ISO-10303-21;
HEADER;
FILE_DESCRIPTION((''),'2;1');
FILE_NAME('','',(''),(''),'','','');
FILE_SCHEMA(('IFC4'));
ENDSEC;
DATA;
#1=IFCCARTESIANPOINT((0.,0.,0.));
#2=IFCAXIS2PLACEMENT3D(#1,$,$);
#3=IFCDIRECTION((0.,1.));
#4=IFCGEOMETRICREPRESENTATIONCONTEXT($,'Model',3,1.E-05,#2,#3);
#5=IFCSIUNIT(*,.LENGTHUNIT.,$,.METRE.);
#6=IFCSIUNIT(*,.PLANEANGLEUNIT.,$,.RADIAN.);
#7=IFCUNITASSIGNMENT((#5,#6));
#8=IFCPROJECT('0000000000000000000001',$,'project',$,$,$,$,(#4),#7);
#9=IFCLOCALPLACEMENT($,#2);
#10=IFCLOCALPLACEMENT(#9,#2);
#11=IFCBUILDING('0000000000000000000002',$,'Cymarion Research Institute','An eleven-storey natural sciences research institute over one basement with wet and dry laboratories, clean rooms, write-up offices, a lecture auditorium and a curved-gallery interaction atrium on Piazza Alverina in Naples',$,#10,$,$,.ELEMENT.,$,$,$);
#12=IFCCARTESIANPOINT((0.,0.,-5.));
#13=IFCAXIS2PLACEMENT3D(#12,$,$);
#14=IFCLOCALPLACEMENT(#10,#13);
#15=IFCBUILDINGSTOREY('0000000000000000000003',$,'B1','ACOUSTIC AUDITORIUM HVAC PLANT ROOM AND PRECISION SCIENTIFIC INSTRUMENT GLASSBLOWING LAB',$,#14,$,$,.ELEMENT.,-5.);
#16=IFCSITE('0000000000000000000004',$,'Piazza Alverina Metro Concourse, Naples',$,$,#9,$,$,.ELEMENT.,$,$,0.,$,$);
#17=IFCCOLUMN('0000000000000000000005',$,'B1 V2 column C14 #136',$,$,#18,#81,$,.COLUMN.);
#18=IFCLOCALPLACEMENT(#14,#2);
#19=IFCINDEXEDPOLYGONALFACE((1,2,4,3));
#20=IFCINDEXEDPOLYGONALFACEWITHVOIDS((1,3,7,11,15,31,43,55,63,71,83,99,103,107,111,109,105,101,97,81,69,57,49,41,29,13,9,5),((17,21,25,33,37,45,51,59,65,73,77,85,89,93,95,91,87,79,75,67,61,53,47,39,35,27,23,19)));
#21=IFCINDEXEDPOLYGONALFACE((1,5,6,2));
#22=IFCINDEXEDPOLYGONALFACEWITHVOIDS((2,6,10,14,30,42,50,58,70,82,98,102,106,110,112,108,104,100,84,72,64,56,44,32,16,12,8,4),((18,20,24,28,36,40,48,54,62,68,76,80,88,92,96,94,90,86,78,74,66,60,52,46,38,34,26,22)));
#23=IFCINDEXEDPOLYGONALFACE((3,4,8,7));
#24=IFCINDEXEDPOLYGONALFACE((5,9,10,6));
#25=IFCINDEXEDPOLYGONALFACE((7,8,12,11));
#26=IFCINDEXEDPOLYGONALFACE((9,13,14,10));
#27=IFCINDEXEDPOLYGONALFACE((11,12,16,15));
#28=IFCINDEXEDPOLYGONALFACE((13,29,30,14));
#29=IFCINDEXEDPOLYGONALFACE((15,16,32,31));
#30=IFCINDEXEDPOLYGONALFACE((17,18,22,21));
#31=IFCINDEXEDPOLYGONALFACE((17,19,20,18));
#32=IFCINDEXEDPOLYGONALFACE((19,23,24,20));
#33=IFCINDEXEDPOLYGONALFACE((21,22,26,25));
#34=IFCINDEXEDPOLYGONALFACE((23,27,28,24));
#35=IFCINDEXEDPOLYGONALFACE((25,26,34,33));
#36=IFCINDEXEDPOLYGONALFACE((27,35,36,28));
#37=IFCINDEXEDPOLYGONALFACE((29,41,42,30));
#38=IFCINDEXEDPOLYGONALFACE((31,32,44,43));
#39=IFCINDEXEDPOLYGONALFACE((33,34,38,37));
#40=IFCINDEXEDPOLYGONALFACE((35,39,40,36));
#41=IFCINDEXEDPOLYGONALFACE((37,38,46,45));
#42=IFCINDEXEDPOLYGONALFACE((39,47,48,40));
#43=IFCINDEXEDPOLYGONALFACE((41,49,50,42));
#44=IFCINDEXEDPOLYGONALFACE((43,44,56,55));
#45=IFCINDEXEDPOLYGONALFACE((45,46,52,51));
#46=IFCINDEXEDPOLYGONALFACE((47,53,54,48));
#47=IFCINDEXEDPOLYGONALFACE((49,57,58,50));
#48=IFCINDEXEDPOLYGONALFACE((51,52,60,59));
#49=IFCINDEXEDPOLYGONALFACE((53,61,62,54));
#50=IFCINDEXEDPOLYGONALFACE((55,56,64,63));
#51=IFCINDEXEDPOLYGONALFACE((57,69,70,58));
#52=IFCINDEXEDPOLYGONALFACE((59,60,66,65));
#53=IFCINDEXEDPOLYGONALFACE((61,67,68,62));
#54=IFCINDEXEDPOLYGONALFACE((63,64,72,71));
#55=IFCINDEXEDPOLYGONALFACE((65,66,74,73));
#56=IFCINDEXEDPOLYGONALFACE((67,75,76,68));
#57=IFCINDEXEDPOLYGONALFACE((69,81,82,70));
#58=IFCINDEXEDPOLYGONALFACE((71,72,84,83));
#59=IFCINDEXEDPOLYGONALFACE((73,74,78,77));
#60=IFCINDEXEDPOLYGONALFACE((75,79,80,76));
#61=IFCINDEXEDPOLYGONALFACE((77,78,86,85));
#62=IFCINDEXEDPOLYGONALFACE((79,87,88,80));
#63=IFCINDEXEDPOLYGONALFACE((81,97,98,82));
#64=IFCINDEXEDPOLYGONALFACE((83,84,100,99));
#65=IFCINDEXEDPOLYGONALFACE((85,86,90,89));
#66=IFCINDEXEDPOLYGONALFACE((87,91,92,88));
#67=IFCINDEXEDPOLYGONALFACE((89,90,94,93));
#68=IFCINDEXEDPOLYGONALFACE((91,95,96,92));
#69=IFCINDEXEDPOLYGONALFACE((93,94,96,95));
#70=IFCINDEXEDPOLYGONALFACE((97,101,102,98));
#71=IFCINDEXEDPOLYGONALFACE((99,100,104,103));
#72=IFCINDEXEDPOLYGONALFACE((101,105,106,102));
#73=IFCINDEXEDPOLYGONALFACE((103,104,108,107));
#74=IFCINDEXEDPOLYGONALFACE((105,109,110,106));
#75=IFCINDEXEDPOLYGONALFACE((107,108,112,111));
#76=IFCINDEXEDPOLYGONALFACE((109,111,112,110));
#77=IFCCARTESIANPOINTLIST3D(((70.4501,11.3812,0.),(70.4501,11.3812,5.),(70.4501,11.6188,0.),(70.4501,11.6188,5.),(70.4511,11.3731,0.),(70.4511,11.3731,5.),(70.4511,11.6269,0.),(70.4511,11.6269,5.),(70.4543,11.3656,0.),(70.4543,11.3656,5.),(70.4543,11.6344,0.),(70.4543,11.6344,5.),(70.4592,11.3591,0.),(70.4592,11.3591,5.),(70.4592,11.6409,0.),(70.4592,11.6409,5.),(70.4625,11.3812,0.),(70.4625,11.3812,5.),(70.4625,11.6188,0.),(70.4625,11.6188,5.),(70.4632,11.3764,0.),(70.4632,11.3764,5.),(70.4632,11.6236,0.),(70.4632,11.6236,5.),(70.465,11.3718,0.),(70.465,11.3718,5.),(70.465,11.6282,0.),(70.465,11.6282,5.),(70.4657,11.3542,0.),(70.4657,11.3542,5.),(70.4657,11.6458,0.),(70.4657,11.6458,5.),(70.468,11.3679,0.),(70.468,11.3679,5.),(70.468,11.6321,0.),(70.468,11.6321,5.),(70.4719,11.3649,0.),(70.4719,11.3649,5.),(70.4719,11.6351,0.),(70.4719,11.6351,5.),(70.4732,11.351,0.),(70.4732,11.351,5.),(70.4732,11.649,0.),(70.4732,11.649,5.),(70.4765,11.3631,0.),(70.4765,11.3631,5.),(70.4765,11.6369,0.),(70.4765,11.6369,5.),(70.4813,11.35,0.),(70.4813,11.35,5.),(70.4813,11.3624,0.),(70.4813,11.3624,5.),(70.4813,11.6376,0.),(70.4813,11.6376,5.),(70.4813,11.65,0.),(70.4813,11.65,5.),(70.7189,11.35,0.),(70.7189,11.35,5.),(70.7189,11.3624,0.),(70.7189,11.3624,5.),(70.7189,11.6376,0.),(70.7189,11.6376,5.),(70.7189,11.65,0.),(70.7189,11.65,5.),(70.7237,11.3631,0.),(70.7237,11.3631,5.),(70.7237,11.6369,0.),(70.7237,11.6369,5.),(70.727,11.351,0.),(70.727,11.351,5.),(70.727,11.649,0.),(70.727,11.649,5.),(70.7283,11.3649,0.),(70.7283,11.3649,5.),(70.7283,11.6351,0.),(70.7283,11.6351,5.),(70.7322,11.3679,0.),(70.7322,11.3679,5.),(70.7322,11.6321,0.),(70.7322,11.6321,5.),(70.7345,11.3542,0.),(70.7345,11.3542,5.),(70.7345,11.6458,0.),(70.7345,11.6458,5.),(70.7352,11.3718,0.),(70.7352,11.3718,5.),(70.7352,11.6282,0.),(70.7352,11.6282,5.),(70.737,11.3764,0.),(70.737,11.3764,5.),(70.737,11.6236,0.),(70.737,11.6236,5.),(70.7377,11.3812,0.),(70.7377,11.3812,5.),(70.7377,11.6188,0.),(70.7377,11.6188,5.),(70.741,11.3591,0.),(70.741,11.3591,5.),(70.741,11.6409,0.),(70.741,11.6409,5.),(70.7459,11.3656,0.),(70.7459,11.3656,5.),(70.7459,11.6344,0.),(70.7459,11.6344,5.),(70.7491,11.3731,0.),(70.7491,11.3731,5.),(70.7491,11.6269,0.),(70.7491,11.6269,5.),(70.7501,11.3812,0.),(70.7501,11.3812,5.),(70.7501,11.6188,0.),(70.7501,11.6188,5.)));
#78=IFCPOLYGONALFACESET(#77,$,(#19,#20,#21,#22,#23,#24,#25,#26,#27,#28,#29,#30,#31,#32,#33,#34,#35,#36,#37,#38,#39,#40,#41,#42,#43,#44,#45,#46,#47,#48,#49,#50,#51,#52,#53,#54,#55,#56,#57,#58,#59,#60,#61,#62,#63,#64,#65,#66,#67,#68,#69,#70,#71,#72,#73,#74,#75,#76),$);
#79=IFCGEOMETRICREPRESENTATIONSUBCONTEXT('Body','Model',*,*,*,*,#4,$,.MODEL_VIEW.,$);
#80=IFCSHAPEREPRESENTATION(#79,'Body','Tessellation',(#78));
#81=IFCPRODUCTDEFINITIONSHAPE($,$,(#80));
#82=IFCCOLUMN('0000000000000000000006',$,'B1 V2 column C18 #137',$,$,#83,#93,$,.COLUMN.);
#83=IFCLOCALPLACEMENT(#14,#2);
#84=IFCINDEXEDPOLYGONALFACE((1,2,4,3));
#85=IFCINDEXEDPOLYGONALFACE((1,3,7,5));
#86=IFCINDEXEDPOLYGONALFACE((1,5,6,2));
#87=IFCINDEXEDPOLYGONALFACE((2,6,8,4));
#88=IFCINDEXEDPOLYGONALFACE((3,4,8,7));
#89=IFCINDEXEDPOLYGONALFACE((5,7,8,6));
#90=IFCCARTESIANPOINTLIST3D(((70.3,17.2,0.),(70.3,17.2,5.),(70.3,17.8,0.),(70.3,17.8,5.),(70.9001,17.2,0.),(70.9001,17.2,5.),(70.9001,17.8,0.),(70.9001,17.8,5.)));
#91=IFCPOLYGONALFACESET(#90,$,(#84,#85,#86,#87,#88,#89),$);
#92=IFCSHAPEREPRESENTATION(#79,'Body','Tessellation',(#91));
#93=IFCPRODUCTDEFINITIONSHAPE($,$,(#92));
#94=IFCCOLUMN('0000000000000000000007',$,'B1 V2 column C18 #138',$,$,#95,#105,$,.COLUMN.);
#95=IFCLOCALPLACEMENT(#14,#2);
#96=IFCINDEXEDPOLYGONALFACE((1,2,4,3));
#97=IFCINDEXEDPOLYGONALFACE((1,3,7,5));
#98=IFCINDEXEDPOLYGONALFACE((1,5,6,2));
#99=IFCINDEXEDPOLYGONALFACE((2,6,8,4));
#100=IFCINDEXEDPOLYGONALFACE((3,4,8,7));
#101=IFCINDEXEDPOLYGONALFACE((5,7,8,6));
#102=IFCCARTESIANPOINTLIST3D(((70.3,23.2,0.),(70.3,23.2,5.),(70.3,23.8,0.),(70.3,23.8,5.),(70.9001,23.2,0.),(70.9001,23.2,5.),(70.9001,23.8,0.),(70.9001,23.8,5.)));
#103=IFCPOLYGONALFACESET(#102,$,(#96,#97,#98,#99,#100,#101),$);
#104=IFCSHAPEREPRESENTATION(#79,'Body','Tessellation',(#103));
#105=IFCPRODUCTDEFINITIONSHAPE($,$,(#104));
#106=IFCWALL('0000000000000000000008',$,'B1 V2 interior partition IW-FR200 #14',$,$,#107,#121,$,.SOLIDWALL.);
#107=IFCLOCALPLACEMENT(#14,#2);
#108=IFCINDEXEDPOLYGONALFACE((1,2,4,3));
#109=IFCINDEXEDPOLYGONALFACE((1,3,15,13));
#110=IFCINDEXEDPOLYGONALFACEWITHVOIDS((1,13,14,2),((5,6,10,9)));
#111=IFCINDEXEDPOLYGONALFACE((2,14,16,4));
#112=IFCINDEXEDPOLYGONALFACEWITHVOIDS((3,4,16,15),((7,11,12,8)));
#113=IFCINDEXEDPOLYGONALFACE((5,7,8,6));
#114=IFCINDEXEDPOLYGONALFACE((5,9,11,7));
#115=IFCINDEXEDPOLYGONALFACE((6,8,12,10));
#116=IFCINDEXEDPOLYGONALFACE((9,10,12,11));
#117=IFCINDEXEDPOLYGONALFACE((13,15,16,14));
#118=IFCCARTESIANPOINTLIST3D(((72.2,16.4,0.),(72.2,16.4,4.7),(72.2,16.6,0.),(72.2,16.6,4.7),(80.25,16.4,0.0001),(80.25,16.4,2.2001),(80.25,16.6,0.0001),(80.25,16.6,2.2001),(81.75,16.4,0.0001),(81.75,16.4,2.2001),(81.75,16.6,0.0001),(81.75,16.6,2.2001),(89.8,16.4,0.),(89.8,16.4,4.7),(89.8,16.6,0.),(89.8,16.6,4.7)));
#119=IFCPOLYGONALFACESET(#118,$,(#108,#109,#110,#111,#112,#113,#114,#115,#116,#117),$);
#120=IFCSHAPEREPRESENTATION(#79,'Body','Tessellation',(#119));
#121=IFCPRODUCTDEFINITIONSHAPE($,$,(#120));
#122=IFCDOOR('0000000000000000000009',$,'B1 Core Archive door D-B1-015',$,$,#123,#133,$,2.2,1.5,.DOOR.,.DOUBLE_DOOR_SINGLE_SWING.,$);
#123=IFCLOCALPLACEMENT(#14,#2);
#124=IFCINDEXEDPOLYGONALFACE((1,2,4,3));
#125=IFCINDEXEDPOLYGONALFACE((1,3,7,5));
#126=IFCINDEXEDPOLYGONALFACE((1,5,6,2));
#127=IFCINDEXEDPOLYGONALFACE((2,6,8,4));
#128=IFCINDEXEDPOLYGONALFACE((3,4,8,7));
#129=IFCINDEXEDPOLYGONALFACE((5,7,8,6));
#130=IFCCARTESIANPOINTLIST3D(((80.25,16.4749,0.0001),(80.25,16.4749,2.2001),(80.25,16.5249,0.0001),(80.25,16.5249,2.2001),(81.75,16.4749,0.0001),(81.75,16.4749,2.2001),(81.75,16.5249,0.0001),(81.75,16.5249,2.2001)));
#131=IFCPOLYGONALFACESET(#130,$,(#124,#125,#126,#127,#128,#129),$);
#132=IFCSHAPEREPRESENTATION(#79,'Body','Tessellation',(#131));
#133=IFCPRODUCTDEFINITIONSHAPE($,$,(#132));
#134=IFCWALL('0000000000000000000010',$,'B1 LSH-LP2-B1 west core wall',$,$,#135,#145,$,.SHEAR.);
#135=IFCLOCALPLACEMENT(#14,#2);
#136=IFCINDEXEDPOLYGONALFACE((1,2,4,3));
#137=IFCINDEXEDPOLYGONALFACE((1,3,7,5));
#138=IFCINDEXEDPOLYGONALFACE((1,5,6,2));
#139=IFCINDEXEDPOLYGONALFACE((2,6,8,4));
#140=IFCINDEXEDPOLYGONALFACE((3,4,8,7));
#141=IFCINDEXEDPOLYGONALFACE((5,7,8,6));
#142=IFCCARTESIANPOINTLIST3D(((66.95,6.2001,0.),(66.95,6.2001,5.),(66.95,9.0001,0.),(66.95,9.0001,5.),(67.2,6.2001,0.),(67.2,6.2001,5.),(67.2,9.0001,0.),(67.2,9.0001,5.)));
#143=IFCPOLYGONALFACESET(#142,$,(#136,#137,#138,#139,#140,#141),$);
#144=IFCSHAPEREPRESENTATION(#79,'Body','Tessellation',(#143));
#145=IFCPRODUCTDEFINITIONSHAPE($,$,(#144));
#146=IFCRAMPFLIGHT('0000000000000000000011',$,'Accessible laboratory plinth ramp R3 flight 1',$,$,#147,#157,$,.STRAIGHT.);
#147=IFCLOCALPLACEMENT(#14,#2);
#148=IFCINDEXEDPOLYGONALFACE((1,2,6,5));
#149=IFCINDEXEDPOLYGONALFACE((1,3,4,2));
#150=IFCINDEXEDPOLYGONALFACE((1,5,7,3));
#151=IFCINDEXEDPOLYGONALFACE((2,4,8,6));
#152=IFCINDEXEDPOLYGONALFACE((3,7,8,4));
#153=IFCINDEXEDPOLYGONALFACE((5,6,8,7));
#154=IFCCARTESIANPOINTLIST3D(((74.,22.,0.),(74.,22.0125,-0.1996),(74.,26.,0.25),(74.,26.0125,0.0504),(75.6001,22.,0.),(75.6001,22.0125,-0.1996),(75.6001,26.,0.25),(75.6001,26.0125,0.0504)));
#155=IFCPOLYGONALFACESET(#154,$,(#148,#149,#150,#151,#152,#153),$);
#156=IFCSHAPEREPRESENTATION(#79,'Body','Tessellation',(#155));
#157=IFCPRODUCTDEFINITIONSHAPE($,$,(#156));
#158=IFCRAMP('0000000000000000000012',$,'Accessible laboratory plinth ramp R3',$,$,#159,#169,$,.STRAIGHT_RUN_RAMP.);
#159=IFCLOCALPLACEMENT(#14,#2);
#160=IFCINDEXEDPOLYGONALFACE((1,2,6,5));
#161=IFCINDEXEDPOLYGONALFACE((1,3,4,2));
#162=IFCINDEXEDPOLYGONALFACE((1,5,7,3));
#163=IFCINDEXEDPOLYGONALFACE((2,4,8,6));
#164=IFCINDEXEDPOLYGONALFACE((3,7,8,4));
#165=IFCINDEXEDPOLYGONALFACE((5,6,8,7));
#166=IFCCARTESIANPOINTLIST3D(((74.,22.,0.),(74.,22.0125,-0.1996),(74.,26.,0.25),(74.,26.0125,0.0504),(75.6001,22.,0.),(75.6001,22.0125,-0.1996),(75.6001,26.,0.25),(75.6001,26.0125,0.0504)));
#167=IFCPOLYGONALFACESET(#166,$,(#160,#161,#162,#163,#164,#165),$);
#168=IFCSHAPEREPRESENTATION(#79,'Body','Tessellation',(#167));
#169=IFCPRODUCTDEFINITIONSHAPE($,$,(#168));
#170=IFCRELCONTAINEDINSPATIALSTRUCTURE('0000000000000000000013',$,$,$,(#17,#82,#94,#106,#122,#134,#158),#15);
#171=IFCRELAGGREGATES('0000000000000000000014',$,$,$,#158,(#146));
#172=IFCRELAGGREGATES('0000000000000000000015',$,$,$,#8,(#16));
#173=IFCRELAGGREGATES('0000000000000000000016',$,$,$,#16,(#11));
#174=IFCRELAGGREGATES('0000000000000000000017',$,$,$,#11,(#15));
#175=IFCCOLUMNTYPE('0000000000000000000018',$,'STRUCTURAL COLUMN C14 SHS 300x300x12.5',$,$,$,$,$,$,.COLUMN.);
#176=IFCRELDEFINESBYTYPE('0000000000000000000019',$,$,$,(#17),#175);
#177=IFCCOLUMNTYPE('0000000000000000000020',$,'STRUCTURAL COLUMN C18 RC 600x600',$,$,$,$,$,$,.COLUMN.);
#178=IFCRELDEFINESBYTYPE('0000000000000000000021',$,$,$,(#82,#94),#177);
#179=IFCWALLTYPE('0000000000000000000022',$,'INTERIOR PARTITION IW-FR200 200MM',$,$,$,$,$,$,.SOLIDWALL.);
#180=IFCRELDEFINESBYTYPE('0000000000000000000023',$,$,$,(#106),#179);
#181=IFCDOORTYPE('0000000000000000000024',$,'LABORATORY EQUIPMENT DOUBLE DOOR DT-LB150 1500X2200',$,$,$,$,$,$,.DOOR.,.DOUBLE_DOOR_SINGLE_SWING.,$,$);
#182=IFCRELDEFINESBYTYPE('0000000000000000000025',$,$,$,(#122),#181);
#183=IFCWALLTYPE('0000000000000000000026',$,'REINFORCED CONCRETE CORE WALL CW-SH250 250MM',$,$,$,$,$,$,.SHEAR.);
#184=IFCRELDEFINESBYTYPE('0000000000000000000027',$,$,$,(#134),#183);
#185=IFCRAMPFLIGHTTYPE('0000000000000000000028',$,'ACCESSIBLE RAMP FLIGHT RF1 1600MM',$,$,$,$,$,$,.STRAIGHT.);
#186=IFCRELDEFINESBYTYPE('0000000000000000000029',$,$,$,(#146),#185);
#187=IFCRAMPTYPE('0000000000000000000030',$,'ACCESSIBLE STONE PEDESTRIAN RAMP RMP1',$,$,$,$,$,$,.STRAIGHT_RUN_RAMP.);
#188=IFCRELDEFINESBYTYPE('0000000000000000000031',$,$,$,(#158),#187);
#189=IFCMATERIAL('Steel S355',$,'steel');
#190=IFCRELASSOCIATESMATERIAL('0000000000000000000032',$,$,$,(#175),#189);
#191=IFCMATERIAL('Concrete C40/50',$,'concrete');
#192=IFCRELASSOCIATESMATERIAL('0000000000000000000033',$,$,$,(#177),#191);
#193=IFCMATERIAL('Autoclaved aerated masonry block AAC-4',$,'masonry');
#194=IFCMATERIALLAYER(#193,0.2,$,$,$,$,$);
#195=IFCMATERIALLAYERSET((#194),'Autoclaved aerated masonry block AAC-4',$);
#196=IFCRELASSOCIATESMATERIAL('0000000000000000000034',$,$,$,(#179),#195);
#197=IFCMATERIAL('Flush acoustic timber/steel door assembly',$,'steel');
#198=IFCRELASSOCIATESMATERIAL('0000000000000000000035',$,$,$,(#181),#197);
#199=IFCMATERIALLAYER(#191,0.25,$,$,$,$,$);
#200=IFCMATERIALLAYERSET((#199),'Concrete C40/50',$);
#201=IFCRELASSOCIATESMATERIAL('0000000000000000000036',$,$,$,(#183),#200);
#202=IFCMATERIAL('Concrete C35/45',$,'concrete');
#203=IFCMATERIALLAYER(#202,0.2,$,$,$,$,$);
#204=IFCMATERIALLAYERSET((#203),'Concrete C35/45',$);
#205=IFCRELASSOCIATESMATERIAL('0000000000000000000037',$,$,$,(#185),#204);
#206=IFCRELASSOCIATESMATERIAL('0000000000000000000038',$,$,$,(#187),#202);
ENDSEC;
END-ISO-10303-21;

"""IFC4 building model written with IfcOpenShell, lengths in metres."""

from ifc_helpers import new_model, si_unit, direction, frame, frame_2d, origin, origin_2d, place, context, subcontext, project, spatial, polyline, rectangle, hollow_rectangle, outline, extrude, material, layer, layer_set, material_profile, profile_set, type_object, element, fill, aggregate, save


model = new_model("IFC4")

# Units and contexts
model_context = context("Model", 3, precision=1e-05, world=origin(), true_north=direction((0.0, 1.0)))
body_context = subcontext(model_context, "Body", "Model", "MODEL_VIEW")
ifc_project = project(units=[si_unit("LENGTHUNIT", "METRE"), si_unit("PLANEANGLEUNIT", "RADIAN")], contexts=[model_context])

# Site, building, storey
site_placement = place(None, origin())
site = spatial("IfcSite", under=ifc_project, at=site_placement, Name="Piazza Alverina Metro Concourse, Naples", CompositionType="ELEMENT", RefElevation=0.0)
building_placement = place(site_placement, origin())
building = spatial("IfcBuilding", under=site, at=building_placement, Name="Cymarion Research Institute", Description="An eleven-storey natural sciences research institute over one basement with wet and dry laboratories, clean rooms, write-up offices, a lecture auditorium and a curved-gallery interaction atrium on Piazza Alverina in Naples", CompositionType="ELEMENT")
storey_placement = place(building_placement, frame((0.0, 0.0, -5.0)))
storey = spatial("IfcBuildingStorey", under=building, at=storey_placement, Name="B1", Description="ACOUSTIC AUDITORIUM HVAC PLANT ROOM AND PRECISION SCIENTIFIC INSTRUMENT GLASSBLOWING LAB", CompositionType="ELEMENT", Elevation=-5.0)

# Shared definitions
ifc_material_1 = material(Name="Concrete C35/45", Category="concrete")

# Columns
ifc_material_2 = material(Name="Steel S355", Category="steel")
ifc_material_profile_1 = material_profile(ifc_material_2, hollow_rectangle(XDim=0.3, YDim=0.3, WallThickness=0.0125, InnerFilletRadius=0.0188, OuterFilletRadius=0.0312, at=origin_2d()), Name="SHS 300x300x12.5")
ifc_profile_set_1 = profile_set([ifc_material_profile_1], Name="Steel S355")
column_type_1 = type_object("IfcColumnType", Name="STRUCTURAL COLUMN C14 SHS 300x300x12.5", PredefinedType="COLUMN", material=ifc_profile_set_1)
column_placement = place(storey_placement, frame((70.6001, 11.5, 0.0), z_axis=(0.0, 0.0, 1.0), x_axis=(1.0, 0.0, 0.0)))
element("IfcColumn", 1, at=column_placement, inside=storey, type_object=column_type_1, Name="B1 V2 column C14 #136", PredefinedType="COLUMN", context=body_context, shape_type="SweptSolid", body=[
    extrude(hollow_rectangle(XDim=0.3, YDim=0.3, WallThickness=0.0125, InnerFilletRadius=0.0188, OuterFilletRadius=0.0312, at=origin_2d()), origin(), (0.0, 0.0, 1.0), 5.0),
])
ifc_material_3 = material(Name="Concrete C40/50", Category="concrete")
ifc_material_profile_2 = material_profile(ifc_material_3, rectangle(XDim=0.6001, YDim=0.6001, at=origin_2d()), Name="RC 600x600")
ifc_profile_set_2 = profile_set([ifc_material_profile_2], Name="Concrete C40/50")
column_type_2 = type_object("IfcColumnType", Name="STRUCTURAL COLUMN C18 RC 600x600", PredefinedType="COLUMN", material=ifc_profile_set_2)
for number, where, z_axis, x_axis, name in (
    (2, (70.6001, 17.5, 0.0), (0.0, 0.0, 1.0), (1.0, 0.0, 0.0), "B1 V2 column C18 #137"),
    (3, (70.6001, 23.5, 0.0), (0.0, 0.0, 1.0), (1.0, 0.0, 0.0), "B1 V2 column C18 #138"),
):
    element("IfcColumn", number, at=place(storey_placement, frame(where, z_axis=z_axis, x_axis=x_axis)), inside=storey, type_object=column_type_2, Name=name, PredefinedType="COLUMN", context=body_context, shape_type="SweptSolid", body=[
        extrude(rectangle(XDim=0.6001, YDim=0.6001, at=origin_2d()), origin(), (0.0, 0.0, 1.0), 5.0),
    ])

# Wall, opening, door
ifc_material_4 = material(Name="Autoclaved aerated masonry block AAC-4", Category="masonry")
ifc_layer_1 = layer(ifc_material_4, 0.2)
ifc_layer_set_1 = layer_set([ifc_layer_1], Name="Autoclaved aerated masonry block AAC-4")
wall_type_1 = type_object("IfcWallType", Name="INTERIOR PARTITION IW-FR200 200MM", PredefinedType="SOLIDWALL", material=ifc_layer_set_1)
wall_1_placement = place(storey_placement, frame((72.2, 16.5, 0.0), z_axis=(0.0, 0.0, 1.0), x_axis=(1.0, 0.0, 0.0)))
wall_1 = element("IfcWall", 4, at=wall_1_placement, inside=storey, type_object=wall_type_1, Name="B1 V2 interior partition IW-FR200 #14", PredefinedType="SOLIDWALL", context=body_context, shape_type="SweptSolid", body=[
    extrude(rectangle(XDim=17.6001, YDim=0.2, at=frame_2d((8.8, 0.0))), origin(), (0.0, 0.0, 1.0), 4.7),
])
opening_1_placement = place(wall_1_placement, frame((8.05, 0.0, 0.0)))
opening_1 = element("IfcOpeningElement", 5, at=opening_1_placement, cuts=wall_1, PredefinedType="OPENING", context=body_context, shape_type="SweptSolid", body=[
    extrude(rectangle(XDim=1.5, YDim=2.2, at=frame_2d((0.75, 1.1001))), frame((0.0, 0.1099, 0.0), z_axis=(0.0, -1.0, 0.0), x_axis=(1.0, 0.0, 0.0)), (0.0, 0.0, 1.0), 0.22),
])
ifc_material_5 = material(Name="Flush acoustic timber/steel door assembly", Category="steel")
door_type_1 = type_object("IfcDoorType", Name="LABORATORY EQUIPMENT DOUBLE DOOR DT-LB150 1500X2200", OperationType="DOUBLE_DOOR_SINGLE_SWING", PredefinedType="DOOR", material=ifc_material_5)
door_1_placement = place(opening_1_placement, origin())
door_1 = element("IfcDoor", 6, at=door_1_placement, inside=storey, type_object=door_type_1, Name="B1 Core Archive door D-B1-015", OperationType="DOUBLE_DOOR_SINGLE_SWING", OverallHeight=2.2, OverallWidth=1.5, PredefinedType="DOOR", context=body_context, shape_type="SweptSolid", body=[
    extrude(rectangle(XDim=1.5, YDim=2.2, at=frame_2d((0.75, 1.1001))), frame((0.0, 0.0249, 0.0), z_axis=(0.0, -1.0, 0.0), x_axis=(1.0, 0.0, 0.0)), (0.0, 0.0, 1.0), 0.05),
])
fill(opening_1, door_1)
ifc_layer_2 = layer(ifc_material_3, 0.25)
ifc_layer_set_2 = layer_set([ifc_layer_2], Name="Concrete C40/50")
wall_type_2 = type_object("IfcWallType", Name="REINFORCED CONCRETE CORE WALL CW-SH250 250MM", PredefinedType="SHEAR", material=ifc_layer_set_2)

# Wall
wall_2_placement = place(storey_placement, frame((67.075, 9.0, 0.0), z_axis=(0.0, 0.0, 1.0), x_axis=(0.0, -1.0, 0.0)))
element("IfcWall", 7, at=wall_2_placement, inside=storey, type_object=wall_type_2, Name="B1 LSH-LP2-B1 west core wall", PredefinedType="SHEAR", context=body_context, shape_type="SweptSolid", body=[
    extrude(rectangle(XDim=2.8, YDim=0.25, at=frame_2d((1.3999, 0.0))), origin(), (0.0, 0.0, 1.0), 5.0),
])

# Ramp flight
ifc_layer_3 = layer(ifc_material_1, 0.2)
ifc_layer_set_3 = layer_set([ifc_layer_3], Name="Concrete C35/45")
ramp_flight_type = type_object("IfcRampFlightType", Name="ACCESSIBLE RAMP FLIGHT RF1 1600MM", PredefinedType="STRAIGHT", material=ifc_layer_set_3)
ramp_flight_placement = place(storey_placement, frame((74.0, 22.0, 0.0), z_axis=(0.0, -0.062378, 0.998053), x_axis=(1.0, 0.0, 0.0)))
ramp_flight = element("IfcRampFlight", 8, at=ramp_flight_placement, type_object=ramp_flight_type, Name="Accessible laboratory plinth ramp R3 flight 1", PredefinedType="STRAIGHT", context=body_context, shape_type="SweptSolid", body=[
    extrude(outline(polyline([(0.0, 0.0), (1.6001, 0.0), (1.6001, 4.0078), (0.0, 4.0078), (0.0, 0.0)])), origin(), (0.0, 0.0, -1.0), 0.2),
])

# Ramp
ramp_type = type_object("IfcRampType", Name="ACCESSIBLE STONE PEDESTRIAN RAMP RMP1", PredefinedType="STRAIGHT_RUN_RAMP", material=ifc_material_1)
ramp_placement = place(storey_placement, frame((74.0, 22.0, 0.0), z_axis=(0.0, -0.062378, 0.998053), x_axis=(1.0, 0.0, 0.0)))
ramp = element("IfcRamp", 9, at=ramp_placement, inside=storey, type_object=ramp_type, Name="Accessible laboratory plinth ramp R3", PredefinedType="STRAIGHT_RUN_RAMP", context=body_context, shape_type="SweptSolid", body=[
    extrude(outline(polyline([(0.0, 0.0), (1.6001, 0.0), (1.6001, 4.0078), (0.0, 4.0078), (0.0, 0.0)])), origin(), (0.0, 0.0, -1.0), 0.2),
])
aggregate(ramp, [ramp_flight])

save(model, "model.ifc")
